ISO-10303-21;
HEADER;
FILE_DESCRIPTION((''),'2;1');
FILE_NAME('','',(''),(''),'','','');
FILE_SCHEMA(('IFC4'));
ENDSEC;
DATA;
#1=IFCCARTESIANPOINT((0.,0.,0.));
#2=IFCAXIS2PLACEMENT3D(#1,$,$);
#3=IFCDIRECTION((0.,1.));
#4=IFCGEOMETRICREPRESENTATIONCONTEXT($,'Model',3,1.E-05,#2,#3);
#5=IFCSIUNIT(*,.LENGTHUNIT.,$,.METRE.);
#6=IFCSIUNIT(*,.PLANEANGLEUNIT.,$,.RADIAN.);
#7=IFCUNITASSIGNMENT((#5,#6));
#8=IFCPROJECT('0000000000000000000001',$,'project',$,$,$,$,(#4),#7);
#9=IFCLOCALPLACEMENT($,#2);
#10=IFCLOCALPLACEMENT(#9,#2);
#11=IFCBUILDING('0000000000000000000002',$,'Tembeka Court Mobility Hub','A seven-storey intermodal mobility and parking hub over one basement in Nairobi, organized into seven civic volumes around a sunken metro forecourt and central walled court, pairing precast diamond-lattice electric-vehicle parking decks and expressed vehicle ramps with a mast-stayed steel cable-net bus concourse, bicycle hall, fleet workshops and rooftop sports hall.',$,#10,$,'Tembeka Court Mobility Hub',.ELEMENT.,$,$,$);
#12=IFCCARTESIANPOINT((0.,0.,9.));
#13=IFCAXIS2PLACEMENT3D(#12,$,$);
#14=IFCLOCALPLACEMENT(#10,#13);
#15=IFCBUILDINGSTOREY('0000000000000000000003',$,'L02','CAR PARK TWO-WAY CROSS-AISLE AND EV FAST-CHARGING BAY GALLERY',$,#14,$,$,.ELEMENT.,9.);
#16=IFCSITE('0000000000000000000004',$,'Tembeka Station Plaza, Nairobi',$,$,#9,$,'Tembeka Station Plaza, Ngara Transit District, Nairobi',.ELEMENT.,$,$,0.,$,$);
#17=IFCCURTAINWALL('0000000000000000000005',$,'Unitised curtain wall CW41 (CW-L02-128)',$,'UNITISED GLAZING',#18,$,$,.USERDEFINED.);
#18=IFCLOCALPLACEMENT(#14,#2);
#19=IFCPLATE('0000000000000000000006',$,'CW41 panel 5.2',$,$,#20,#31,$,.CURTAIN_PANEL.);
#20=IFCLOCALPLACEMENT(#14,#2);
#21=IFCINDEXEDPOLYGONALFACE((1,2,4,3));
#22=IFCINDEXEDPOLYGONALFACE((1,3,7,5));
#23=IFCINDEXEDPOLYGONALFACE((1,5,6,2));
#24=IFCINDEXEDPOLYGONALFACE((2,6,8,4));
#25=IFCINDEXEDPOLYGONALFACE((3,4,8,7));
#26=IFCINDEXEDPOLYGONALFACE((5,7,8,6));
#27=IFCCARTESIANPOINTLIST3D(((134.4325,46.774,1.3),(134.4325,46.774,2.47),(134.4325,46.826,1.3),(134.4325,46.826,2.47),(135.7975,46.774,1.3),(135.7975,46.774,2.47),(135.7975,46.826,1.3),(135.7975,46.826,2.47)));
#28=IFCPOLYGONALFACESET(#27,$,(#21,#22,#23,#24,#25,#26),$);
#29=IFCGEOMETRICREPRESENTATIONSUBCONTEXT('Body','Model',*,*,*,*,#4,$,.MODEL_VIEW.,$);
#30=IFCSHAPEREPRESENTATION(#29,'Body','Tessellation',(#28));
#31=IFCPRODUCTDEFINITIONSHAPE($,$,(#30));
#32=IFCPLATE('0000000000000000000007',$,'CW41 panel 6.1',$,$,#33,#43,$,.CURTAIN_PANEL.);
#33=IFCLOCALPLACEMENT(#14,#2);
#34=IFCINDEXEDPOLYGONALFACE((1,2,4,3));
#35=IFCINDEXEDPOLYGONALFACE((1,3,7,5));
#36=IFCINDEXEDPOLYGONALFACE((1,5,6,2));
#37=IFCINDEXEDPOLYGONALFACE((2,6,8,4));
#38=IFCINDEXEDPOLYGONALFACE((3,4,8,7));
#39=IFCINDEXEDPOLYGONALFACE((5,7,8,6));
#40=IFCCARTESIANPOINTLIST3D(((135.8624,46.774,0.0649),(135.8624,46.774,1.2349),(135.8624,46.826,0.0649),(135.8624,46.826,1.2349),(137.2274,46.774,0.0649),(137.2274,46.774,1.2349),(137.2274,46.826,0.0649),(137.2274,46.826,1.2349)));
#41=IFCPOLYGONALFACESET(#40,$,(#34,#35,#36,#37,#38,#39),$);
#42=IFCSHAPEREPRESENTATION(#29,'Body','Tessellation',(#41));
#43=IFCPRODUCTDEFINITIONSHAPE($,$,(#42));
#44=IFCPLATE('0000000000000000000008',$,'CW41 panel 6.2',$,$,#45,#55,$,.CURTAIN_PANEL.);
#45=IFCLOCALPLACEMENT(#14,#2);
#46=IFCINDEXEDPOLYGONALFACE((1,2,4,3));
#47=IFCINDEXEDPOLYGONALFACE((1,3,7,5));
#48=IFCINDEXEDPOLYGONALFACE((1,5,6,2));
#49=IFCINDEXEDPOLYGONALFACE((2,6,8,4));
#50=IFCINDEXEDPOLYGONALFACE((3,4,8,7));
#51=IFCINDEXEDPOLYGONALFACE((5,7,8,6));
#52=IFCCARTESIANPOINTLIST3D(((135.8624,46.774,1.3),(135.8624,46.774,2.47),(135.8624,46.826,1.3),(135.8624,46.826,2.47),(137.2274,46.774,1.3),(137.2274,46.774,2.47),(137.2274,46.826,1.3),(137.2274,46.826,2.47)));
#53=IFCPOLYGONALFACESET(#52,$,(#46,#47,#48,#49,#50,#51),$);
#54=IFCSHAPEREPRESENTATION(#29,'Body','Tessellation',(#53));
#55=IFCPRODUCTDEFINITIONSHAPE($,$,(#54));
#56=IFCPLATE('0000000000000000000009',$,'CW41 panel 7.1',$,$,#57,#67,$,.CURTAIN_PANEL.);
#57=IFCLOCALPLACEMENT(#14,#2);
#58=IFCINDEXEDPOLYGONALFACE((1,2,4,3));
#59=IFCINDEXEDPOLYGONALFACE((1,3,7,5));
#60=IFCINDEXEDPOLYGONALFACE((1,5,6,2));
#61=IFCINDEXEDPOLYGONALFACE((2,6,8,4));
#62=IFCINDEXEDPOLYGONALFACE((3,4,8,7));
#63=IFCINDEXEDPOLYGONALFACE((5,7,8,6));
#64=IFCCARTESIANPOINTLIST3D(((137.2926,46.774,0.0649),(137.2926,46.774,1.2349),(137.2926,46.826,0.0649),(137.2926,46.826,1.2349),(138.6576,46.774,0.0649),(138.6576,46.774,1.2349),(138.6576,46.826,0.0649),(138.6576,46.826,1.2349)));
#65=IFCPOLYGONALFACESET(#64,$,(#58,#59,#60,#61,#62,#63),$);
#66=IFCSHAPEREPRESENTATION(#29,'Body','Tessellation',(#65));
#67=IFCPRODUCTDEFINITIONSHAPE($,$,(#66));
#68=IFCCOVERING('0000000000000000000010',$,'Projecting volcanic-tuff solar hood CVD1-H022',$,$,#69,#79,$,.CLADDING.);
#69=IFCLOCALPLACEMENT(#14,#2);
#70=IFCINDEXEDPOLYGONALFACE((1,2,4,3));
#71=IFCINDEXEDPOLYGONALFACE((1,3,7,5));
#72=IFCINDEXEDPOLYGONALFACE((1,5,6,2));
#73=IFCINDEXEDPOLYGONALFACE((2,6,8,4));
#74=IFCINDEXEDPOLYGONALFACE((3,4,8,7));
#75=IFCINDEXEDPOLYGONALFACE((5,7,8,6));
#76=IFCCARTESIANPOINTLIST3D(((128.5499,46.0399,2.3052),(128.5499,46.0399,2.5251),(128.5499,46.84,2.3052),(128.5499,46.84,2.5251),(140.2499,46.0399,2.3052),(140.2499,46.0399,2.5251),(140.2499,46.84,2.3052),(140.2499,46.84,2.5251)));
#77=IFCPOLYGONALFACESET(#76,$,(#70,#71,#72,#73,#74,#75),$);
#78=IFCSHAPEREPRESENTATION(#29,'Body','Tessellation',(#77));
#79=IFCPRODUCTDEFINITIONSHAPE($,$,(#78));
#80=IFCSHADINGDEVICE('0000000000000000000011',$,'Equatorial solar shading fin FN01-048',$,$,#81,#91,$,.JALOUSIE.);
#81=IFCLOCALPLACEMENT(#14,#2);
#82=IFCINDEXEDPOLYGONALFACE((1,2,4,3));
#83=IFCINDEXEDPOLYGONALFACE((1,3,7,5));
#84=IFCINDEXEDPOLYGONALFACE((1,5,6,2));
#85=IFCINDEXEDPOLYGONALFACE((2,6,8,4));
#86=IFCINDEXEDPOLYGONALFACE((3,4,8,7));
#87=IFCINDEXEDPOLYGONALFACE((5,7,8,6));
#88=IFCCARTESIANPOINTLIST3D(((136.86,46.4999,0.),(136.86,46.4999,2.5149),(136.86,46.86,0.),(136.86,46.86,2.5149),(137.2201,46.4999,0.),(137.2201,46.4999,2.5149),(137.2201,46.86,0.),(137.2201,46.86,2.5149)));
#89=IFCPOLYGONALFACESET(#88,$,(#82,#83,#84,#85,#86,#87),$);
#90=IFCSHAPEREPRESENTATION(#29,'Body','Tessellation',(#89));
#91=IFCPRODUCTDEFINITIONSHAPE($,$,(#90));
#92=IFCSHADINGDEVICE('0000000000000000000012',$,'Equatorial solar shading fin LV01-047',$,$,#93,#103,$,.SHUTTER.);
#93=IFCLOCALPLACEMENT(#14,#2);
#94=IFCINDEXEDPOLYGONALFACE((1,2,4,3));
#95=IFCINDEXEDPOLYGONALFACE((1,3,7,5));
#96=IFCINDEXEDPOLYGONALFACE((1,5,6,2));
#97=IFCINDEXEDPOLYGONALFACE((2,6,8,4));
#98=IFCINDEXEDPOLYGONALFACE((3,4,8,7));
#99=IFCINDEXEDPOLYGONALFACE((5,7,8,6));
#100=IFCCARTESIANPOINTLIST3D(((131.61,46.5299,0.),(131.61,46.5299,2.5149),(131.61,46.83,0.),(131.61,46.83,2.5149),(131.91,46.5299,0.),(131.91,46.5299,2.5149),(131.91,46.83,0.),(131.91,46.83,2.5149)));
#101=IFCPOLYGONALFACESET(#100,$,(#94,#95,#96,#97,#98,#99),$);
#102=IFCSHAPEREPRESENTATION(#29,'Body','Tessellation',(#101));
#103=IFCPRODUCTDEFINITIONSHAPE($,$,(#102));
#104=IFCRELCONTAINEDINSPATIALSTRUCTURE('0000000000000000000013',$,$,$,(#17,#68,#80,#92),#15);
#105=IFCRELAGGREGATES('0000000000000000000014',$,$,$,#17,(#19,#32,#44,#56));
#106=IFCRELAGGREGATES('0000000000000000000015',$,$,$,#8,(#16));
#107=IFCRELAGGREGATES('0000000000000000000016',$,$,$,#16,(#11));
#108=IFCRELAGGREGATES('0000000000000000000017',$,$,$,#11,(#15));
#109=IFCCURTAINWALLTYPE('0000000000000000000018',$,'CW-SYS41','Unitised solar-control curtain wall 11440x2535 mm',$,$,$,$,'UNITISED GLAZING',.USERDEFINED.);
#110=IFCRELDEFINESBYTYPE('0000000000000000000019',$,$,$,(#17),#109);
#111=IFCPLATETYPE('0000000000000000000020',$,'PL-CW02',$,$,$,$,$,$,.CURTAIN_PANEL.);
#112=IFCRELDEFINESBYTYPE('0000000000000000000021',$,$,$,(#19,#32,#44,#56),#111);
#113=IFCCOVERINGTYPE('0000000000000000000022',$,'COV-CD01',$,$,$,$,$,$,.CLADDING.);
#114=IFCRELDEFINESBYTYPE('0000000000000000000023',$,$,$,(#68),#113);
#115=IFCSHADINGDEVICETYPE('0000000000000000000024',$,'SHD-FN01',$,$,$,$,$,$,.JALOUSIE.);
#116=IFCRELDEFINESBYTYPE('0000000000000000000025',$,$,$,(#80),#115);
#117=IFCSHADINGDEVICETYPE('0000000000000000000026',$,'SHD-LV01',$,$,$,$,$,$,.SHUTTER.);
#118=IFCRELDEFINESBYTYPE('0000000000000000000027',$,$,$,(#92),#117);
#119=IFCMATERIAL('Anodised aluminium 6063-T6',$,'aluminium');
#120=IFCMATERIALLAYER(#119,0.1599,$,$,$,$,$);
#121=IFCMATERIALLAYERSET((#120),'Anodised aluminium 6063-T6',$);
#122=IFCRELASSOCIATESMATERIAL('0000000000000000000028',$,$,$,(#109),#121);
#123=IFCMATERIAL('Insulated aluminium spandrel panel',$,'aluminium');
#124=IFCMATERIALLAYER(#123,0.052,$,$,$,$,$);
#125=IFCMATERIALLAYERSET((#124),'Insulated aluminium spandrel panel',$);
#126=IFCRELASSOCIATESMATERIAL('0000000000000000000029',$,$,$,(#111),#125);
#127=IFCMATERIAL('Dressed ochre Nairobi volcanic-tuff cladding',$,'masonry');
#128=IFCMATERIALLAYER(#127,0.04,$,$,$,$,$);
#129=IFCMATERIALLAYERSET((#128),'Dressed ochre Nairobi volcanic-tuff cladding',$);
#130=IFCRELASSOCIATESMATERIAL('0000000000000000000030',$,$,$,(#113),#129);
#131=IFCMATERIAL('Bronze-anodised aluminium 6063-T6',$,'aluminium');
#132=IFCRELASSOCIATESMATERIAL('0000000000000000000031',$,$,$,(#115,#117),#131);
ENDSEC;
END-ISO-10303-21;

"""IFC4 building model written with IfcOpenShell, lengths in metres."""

from ifc_helpers import new_model, si_unit, direction, frame, origin, origin_2d, place, context, subcontext, project, spatial, rectangle, extrude, material, layer, layer_set, material_profile, profile_set, type_object, element, aggregate, save


model = new_model("IFC4")

# Units and contexts
model_context = context("Model", 3, precision=1e-05, world=origin(), true_north=direction((0.0, 1.0)))
body_context = subcontext(model_context, "Body", "Model", "MODEL_VIEW")
ifc_project = project(units=[si_unit("LENGTHUNIT", "METRE"), si_unit("PLANEANGLEUNIT", "RADIAN")], contexts=[model_context])

# Site, building, storey
site_placement = place(None, origin())
site = spatial("IfcSite", under=ifc_project, at=site_placement, Name="Tembeka Station Plaza, Nairobi", LongName="Tembeka Station Plaza, Ngara Transit District, Nairobi", CompositionType="ELEMENT", RefElevation=0.0)
building_placement = place(site_placement, origin())
building = spatial("IfcBuilding", under=site, at=building_placement, Name="Tembeka Court Mobility Hub", Description="A seven-storey intermodal mobility and parking hub over one basement in Nairobi, organized into seven civic volumes around a sunken metro forecourt and central walled court, pairing precast diamond-lattice electric-vehicle parking decks and expressed vehicle ramps with a mast-stayed steel cable-net bus concourse, bicycle hall, fleet workshops and rooftop sports hall.", LongName="Tembeka Court Mobility Hub", CompositionType="ELEMENT")
storey_placement = place(building_placement, frame((0.0, 0.0, 9.0)))
storey = spatial("IfcBuildingStorey", under=building, at=storey_placement, Name="L02", Description="CAR PARK TWO-WAY CROSS-AISLE AND EV FAST-CHARGING BAY GALLERY", CompositionType="ELEMENT", Elevation=9.0)

# Curtain wall, plates
ifc_material_1 = material(Name="Anodised aluminium 6063-T6", Category="aluminium")
ifc_layer_1 = layer(ifc_material_1, 0.1599)
ifc_layer_set_1 = layer_set([ifc_layer_1], Name="Anodised aluminium 6063-T6")
curtain_wall_type = type_object("IfcCurtainWallType", Name="CW-SYS41", Description="Unitised solar-control curtain wall 11440x2535 mm", ElementType="UNITISED GLAZING", PredefinedType="USERDEFINED", material=ifc_layer_set_1)
curtain_wall_placement = place(storey_placement, origin())
curtain_wall = element("IfcCurtainWall", 1, at=curtain_wall_placement, inside=storey, type_object=curtain_wall_type, Name="Unitised curtain wall CW41 (CW-L02-128)", ObjectType="UNITISED GLAZING", PredefinedType="USERDEFINED")
ifc_material_2 = material(Name="Insulated aluminium spandrel panel", Category="aluminium")
ifc_layer_2 = layer(ifc_material_2, 0.052)
ifc_layer_set_2 = layer_set([ifc_layer_2], Name="Insulated aluminium spandrel panel")
plate_type = type_object("IfcPlateType", Name="PL-CW02", PredefinedType="CURTAIN_PANEL", material=ifc_layer_set_2)
plate_1_placement = place(storey_placement, frame((135.115, 46.8, 1.3), z_axis=(0.0, 0.0, 1.0), x_axis=(1.0, 0.0, 0.0)))
plate_1 = element("IfcPlate", 2, at=plate_1_placement, type_object=plate_type, Name="CW41 panel 5.2", PredefinedType="CURTAIN_PANEL", context=body_context, shape_type="SweptSolid", body=[
    extrude(rectangle(XDim=1.365, YDim=0.052, at=origin_2d()), origin(), (0.0, 0.0, 1.0), 1.1699),
])
plate_2_placement = place(storey_placement, frame((136.5449, 46.8, 0.0649), z_axis=(0.0, 0.0, 1.0), x_axis=(1.0, 0.0, 0.0)))
plate_2 = element("IfcPlate", 3, at=plate_2_placement, type_object=plate_type, Name="CW41 panel 6.1", PredefinedType="CURTAIN_PANEL", context=body_context, shape_type="SweptSolid", body=[
    extrude(rectangle(XDim=1.365, YDim=0.052, at=origin_2d()), origin(), (0.0, 0.0, 1.0), 1.1699),
])
plate_3_placement = place(storey_placement, frame((136.5449, 46.8, 1.3), z_axis=(0.0, 0.0, 1.0), x_axis=(1.0, 0.0, 0.0)))
plate_3 = element("IfcPlate", 4, at=plate_3_placement, type_object=plate_type, Name="CW41 panel 6.2", PredefinedType="CURTAIN_PANEL", context=body_context, shape_type="SweptSolid", body=[
    extrude(rectangle(XDim=1.365, YDim=0.052, at=origin_2d()), origin(), (0.0, 0.0, 1.0), 1.1699),
])
plate_4_placement = place(storey_placement, frame((137.9751, 46.8, 0.0649), z_axis=(0.0, 0.0, 1.0), x_axis=(1.0, 0.0, 0.0)))
plate_4 = element("IfcPlate", 5, at=plate_4_placement, type_object=plate_type, Name="CW41 panel 7.1", PredefinedType="CURTAIN_PANEL", context=body_context, shape_type="SweptSolid", body=[
    extrude(rectangle(XDim=1.365, YDim=0.052, at=origin_2d()), origin(), (0.0, 0.0, 1.0), 1.1699),
])
aggregate(curtain_wall, [plate_1, plate_2, plate_3, plate_4])

# Covering
ifc_material_3 = material(Name="Dressed ochre Nairobi volcanic-tuff cladding", Category="masonry")
ifc_layer_3 = layer(ifc_material_3, 0.04)
ifc_layer_set_3 = layer_set([ifc_layer_3], Name="Dressed ochre Nairobi volcanic-tuff cladding")
covering_type = type_object("IfcCoveringType", Name="COV-CD01", PredefinedType="CLADDING", material=ifc_layer_set_3)
covering_placement = place(storey_placement, frame((134.3999, 46.4399, 2.3052), z_axis=(0.0, 0.0, 1.0), x_axis=(1.0, 0.0, 0.0)))
element("IfcCovering", 6, at=covering_placement, inside=storey, type_object=covering_type, Name="Projecting volcanic-tuff solar hood CVD1-H022", PredefinedType="CLADDING", context=body_context, shape_type="SweptSolid", body=[
    extrude(rectangle(XDim=11.7, YDim=0.8, at=origin_2d()), origin(), (0.0, 0.0, 1.0), 0.22),
])

# Shading devices
ifc_material_4 = material(Name="Bronze-anodised aluminium 6063-T6", Category="aluminium")
ifc_material_profile_1 = material_profile(ifc_material_4, rectangle(XDim=0.3601, YDim=0.3601, at=origin_2d()), Name="ALU-FIN 360x360")
ifc_profile_set_1 = profile_set([ifc_material_profile_1], Name="Bronze-anodised aluminium 6063-T6")
shading_device_type_1 = type_object("IfcShadingDeviceType", Name="SHD-FN01", PredefinedType="JALOUSIE", material=ifc_profile_set_1)
shading_device_1_placement = place(storey_placement, frame((137.04, 46.6799, 0.0), z_axis=(0.0, 0.0, 1.0), x_axis=(1.0, 0.0, 0.0)))
element("IfcShadingDevice", 7, at=shading_device_1_placement, inside=storey, type_object=shading_device_type_1, Name="Equatorial solar shading fin FN01-048", PredefinedType="JALOUSIE", context=body_context, shape_type="SweptSolid", body=[
    extrude(rectangle(XDim=0.3601, YDim=0.3601, at=origin_2d()), origin(), (0.0, 0.0, 1.0), 2.5149),
])
ifc_material_profile_2 = material_profile(ifc_material_4, rectangle(XDim=0.3, YDim=0.3, at=origin_2d()), Name="ALU-LVR 300x300")
ifc_profile_set_2 = profile_set([ifc_material_profile_2], Name="Bronze-anodised aluminium 6063-T6")
shading_device_type_2 = type_object("IfcShadingDeviceType", Name="SHD-LV01", PredefinedType="SHUTTER", material=ifc_profile_set_2)
shading_device_2_placement = place(storey_placement, frame((131.76, 46.6799, 0.0), z_axis=(0.0, 0.0, 1.0), x_axis=(1.0, 0.0, 0.0)))
element("IfcShadingDevice", 8, at=shading_device_2_placement, inside=storey, type_object=shading_device_type_2, Name="Equatorial solar shading fin LV01-047", PredefinedType="SHUTTER", context=body_context, shape_type="SweptSolid", body=[
    extrude(rectangle(XDim=0.3, YDim=0.3, at=origin_2d()), origin(), (0.0, 0.0, 1.0), 2.5149),
])

save(model, "model.ifc")
